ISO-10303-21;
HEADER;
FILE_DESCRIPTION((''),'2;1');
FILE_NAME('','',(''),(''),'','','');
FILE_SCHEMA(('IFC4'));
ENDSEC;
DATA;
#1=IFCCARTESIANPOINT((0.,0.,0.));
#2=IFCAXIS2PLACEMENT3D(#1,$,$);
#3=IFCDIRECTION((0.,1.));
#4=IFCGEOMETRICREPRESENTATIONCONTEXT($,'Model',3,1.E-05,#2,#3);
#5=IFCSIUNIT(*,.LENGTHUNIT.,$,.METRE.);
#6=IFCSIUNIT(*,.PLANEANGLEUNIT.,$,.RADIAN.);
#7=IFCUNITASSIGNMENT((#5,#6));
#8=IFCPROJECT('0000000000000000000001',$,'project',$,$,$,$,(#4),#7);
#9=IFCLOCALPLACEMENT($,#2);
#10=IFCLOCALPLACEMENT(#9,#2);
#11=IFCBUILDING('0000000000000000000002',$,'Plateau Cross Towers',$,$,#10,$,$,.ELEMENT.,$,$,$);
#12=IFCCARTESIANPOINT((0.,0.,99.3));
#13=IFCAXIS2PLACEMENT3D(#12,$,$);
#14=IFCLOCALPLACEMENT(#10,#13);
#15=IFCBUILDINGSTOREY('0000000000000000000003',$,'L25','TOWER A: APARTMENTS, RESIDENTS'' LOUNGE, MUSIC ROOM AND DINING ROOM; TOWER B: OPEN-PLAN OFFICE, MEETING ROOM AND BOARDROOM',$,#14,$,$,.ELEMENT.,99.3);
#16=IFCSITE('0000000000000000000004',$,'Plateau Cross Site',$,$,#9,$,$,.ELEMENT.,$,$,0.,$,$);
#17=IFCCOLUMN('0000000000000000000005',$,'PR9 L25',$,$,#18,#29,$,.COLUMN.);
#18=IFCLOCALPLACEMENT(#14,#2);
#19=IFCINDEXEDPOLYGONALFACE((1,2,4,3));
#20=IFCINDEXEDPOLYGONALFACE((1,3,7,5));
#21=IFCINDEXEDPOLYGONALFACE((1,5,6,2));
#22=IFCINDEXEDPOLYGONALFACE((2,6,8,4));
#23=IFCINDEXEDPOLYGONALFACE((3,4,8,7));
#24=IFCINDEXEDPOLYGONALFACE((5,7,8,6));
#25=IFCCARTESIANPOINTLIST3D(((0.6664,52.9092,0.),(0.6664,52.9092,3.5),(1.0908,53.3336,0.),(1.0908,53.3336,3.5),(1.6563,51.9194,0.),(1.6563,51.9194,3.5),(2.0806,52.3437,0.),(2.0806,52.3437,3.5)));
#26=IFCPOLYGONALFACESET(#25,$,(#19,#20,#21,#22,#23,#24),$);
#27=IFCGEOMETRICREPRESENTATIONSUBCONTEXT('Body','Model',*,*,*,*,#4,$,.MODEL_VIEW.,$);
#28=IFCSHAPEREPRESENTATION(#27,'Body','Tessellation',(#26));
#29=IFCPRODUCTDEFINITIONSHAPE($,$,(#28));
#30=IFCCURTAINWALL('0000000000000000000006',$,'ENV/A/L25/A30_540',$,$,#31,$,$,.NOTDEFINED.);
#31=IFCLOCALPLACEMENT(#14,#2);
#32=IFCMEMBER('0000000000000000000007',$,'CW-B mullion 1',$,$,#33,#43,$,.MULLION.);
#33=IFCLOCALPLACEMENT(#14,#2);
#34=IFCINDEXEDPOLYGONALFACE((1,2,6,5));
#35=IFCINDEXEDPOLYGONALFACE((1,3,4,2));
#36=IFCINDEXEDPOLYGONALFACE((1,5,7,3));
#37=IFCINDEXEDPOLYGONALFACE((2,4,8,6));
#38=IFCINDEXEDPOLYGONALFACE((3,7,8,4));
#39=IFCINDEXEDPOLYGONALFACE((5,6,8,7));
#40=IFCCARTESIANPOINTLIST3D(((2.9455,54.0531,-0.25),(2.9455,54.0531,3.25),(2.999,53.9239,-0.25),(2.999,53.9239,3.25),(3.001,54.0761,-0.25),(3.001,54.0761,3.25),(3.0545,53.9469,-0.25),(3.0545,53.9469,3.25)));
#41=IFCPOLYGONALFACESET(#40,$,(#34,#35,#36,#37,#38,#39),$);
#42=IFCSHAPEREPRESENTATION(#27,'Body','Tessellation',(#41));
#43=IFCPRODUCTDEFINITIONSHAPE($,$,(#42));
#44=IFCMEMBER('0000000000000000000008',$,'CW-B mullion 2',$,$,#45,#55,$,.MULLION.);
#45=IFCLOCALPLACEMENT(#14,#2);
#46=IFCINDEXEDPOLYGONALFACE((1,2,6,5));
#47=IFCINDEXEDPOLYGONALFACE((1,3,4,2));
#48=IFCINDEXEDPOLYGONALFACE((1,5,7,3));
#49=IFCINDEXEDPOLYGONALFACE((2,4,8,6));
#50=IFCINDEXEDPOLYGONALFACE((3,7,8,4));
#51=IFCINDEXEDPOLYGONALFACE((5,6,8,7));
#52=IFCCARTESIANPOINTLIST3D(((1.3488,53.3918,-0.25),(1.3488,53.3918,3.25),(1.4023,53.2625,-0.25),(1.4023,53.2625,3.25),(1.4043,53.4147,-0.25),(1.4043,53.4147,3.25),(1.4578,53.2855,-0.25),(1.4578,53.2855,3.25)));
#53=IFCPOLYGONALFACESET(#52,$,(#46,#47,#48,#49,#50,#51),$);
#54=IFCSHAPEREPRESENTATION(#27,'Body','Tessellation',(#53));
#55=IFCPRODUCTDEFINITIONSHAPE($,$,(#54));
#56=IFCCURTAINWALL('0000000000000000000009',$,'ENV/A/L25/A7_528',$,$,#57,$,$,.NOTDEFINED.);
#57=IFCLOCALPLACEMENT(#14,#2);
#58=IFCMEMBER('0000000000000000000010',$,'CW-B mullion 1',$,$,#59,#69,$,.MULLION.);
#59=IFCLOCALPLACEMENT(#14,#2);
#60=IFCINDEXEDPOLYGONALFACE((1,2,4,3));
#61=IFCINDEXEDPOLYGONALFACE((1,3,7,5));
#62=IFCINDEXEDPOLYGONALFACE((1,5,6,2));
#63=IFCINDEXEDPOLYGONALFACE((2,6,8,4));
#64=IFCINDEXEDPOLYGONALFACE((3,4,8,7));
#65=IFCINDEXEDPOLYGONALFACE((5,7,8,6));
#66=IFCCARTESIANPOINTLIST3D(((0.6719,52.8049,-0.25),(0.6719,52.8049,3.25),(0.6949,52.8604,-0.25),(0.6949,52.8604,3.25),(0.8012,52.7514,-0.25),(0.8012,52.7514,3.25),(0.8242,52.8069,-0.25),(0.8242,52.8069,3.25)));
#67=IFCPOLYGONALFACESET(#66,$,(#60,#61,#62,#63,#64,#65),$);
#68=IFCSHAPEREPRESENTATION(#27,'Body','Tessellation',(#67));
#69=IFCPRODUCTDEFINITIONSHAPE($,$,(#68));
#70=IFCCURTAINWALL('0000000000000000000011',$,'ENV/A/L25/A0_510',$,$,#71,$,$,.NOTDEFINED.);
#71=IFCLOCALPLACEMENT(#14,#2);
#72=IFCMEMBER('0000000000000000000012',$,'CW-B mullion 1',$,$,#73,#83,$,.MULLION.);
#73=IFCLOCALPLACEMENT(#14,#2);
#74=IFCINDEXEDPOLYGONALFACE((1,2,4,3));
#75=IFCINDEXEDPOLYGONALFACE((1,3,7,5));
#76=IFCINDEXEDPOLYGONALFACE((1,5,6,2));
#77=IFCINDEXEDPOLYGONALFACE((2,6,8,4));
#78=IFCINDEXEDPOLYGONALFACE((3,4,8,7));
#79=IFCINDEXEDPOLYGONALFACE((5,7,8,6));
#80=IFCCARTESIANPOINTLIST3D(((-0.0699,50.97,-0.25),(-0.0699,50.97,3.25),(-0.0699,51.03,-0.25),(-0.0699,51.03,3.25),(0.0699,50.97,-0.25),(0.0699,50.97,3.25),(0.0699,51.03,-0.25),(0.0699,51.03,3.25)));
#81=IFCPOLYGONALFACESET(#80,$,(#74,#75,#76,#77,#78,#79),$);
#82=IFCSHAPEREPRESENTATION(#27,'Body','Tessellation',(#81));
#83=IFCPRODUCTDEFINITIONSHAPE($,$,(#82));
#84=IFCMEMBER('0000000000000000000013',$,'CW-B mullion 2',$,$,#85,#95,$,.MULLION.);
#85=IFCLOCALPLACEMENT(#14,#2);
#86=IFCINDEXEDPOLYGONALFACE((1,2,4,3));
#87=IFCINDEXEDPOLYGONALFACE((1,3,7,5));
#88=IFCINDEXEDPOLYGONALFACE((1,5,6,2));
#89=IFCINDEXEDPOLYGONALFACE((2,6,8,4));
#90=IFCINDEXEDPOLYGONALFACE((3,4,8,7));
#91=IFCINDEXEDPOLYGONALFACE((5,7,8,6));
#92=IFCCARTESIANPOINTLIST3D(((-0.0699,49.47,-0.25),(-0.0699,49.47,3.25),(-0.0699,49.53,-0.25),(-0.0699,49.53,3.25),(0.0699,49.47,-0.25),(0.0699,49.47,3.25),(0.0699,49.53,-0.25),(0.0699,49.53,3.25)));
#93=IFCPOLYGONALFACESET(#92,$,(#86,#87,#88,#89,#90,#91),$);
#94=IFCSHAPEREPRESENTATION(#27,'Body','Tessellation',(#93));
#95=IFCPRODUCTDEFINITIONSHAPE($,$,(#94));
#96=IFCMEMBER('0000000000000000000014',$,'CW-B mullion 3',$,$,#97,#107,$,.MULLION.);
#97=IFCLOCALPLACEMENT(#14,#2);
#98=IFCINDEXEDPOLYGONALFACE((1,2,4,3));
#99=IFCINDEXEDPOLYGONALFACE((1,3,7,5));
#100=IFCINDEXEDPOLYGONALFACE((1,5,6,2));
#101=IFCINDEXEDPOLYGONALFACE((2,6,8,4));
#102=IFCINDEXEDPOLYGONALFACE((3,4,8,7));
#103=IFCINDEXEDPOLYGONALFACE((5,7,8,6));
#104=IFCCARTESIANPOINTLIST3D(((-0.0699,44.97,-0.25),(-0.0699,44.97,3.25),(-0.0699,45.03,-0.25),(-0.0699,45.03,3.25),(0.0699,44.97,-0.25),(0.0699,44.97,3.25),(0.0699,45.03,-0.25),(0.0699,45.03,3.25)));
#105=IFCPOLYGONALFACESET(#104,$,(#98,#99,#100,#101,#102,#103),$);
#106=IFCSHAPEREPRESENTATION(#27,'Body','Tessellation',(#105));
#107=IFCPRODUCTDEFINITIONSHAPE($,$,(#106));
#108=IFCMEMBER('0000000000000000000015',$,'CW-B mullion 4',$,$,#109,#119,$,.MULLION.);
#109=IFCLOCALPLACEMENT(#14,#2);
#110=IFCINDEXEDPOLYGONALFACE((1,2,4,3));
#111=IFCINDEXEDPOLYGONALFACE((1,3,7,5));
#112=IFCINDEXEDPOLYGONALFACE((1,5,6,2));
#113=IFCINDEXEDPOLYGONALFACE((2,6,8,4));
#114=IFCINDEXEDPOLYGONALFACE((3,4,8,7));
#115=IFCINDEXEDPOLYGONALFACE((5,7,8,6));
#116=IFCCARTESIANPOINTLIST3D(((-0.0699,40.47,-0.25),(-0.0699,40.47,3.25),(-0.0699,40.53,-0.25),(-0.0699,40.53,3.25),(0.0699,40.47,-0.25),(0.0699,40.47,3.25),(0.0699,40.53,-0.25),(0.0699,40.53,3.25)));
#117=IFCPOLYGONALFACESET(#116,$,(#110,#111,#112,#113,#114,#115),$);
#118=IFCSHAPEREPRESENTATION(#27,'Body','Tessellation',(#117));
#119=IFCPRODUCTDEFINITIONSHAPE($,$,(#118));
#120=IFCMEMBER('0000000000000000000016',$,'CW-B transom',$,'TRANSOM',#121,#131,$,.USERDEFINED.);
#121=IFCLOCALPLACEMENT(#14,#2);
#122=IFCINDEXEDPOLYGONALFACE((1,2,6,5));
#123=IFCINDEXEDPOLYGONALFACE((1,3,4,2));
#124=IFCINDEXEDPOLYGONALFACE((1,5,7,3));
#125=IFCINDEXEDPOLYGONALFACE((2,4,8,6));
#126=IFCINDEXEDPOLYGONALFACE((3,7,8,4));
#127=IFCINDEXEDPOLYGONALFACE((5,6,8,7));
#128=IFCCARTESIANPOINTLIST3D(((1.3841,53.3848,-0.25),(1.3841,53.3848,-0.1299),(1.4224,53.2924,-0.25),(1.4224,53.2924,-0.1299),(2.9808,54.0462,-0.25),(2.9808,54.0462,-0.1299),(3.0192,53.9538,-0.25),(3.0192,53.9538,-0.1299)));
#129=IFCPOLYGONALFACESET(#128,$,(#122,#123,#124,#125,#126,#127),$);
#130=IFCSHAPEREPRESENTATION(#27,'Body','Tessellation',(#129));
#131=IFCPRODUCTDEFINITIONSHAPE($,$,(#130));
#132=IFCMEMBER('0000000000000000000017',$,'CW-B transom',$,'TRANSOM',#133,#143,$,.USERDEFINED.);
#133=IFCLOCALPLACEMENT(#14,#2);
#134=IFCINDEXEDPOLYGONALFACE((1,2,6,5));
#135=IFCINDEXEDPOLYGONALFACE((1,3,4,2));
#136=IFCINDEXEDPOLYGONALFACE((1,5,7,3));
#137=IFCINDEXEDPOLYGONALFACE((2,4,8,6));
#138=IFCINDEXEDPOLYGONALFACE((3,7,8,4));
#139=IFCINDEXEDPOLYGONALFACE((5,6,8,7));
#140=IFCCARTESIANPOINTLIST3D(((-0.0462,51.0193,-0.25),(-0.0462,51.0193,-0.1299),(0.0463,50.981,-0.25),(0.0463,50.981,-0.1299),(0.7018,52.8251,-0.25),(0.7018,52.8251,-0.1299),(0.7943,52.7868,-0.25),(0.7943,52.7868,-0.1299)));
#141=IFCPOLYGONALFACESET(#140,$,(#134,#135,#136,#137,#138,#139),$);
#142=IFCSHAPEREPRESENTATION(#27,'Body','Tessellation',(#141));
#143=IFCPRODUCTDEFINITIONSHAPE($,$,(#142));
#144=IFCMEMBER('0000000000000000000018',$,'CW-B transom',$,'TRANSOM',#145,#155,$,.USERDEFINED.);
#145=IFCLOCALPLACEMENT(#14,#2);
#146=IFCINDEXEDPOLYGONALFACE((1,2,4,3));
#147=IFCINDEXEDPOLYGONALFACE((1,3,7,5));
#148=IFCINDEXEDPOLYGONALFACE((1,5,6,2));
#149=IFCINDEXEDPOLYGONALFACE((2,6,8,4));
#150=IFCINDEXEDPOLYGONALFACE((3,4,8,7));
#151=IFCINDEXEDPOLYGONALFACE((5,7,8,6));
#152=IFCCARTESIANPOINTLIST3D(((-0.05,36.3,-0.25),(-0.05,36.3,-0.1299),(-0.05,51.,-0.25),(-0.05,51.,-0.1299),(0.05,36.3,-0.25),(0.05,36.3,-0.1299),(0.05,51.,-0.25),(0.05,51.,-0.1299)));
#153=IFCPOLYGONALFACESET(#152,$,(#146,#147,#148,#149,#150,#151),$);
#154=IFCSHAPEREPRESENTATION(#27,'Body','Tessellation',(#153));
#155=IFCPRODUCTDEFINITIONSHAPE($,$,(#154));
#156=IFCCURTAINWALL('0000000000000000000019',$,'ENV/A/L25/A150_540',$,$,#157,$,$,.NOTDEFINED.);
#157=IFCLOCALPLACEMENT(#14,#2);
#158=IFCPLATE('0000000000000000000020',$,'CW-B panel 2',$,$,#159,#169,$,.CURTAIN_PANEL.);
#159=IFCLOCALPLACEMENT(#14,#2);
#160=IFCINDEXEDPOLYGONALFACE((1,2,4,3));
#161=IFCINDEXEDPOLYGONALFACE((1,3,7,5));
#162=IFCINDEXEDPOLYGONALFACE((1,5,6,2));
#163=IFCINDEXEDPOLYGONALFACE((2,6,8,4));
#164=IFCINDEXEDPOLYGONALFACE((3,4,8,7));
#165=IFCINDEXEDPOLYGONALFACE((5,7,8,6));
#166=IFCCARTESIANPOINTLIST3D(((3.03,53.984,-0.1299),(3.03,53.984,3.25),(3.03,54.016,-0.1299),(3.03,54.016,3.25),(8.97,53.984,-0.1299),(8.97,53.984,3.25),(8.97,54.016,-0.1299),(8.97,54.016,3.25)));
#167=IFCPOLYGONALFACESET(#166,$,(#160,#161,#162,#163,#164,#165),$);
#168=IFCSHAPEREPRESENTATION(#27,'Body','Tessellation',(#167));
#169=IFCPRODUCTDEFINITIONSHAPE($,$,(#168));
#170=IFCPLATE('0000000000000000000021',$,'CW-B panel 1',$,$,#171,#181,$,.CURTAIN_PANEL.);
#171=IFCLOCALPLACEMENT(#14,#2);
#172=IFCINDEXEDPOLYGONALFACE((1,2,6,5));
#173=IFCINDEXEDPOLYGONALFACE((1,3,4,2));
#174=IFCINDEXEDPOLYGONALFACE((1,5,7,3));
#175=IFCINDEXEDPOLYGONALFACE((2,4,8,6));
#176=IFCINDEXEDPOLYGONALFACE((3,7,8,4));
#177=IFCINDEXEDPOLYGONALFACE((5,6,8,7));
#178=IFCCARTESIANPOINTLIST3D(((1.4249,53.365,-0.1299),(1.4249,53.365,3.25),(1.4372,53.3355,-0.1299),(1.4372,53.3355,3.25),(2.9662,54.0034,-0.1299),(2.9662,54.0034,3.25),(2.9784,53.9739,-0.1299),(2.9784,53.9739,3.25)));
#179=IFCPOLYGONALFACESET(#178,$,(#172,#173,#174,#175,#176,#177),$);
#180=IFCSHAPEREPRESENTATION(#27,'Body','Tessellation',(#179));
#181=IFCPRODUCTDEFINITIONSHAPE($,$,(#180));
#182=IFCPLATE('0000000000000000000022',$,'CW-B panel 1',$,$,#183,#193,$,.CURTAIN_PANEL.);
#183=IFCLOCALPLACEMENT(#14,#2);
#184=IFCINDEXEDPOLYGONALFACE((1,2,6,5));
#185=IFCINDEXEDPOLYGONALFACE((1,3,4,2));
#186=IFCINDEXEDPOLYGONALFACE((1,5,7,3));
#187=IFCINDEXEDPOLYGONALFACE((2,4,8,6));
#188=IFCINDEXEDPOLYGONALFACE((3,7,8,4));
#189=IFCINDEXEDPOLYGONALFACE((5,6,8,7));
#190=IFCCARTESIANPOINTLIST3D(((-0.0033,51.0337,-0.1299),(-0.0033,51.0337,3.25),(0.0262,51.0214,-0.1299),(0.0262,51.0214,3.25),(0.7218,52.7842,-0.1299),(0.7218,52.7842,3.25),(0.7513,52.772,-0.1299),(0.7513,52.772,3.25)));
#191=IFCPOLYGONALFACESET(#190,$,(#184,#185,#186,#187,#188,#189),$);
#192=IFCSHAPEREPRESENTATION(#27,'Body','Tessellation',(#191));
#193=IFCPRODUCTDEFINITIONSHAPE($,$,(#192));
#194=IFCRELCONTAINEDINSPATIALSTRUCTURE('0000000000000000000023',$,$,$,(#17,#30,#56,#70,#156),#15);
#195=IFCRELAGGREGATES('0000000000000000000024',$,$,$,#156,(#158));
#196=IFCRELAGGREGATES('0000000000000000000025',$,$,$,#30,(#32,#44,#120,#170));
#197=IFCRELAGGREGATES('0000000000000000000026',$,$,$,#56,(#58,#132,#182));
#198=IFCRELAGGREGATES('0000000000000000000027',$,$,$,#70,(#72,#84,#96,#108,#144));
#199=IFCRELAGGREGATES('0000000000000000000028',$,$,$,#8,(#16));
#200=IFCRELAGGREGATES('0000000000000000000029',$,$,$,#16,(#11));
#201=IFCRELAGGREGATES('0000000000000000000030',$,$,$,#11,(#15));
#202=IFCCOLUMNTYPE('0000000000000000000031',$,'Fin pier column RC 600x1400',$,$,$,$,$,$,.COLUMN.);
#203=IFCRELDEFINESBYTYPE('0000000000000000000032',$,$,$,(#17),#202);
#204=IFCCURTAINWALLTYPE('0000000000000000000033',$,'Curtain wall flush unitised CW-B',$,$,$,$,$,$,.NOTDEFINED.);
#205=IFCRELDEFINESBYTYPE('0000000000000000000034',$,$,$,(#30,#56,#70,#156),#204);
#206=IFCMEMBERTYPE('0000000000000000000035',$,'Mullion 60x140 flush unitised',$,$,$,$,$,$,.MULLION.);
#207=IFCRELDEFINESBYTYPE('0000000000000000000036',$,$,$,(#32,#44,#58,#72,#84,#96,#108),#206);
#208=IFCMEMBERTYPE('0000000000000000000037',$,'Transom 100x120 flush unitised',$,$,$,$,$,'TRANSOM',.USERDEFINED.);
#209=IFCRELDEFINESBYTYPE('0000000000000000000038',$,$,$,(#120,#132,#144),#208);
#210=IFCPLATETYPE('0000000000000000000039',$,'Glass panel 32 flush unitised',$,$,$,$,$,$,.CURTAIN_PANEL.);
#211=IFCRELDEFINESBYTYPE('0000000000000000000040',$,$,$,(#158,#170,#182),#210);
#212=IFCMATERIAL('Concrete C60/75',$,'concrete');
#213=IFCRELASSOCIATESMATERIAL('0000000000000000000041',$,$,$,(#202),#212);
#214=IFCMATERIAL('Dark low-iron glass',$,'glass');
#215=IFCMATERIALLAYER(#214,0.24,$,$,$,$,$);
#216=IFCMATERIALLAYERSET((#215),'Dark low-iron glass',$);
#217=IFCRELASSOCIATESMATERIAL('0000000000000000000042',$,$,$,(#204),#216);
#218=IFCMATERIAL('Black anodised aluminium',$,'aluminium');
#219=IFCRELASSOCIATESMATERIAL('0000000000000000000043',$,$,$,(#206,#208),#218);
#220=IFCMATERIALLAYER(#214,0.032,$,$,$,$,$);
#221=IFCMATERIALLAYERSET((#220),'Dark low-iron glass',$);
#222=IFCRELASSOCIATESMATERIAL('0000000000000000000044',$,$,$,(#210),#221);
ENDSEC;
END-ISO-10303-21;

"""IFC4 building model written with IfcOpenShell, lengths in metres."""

from ifc_helpers import new_model, si_unit, direction, frame, origin, origin_2d, place, context, subcontext, project, spatial, rectangle, extrude, material, layer, layer_set, material_profile, profile_set, type_object, element, aggregate, save


model = new_model("IFC4")

# Units and contexts
model_context = context("Model", 3, precision=1e-05, world=origin(), true_north=direction((0.0, 1.0)))
body_context = subcontext(model_context, "Body", "Model", "MODEL_VIEW")
ifc_project = project(units=[si_unit("LENGTHUNIT", "METRE"), si_unit("PLANEANGLEUNIT", "RADIAN")], contexts=[model_context])

# Site, building, storey
site_placement = place(None, origin())
site = spatial("IfcSite", under=ifc_project, at=site_placement, Name="Plateau Cross Site", CompositionType="ELEMENT", RefElevation=0.0)
building_placement = place(site_placement, origin())
building = spatial("IfcBuilding", under=site, at=building_placement, Name="Plateau Cross Towers", CompositionType="ELEMENT")
storey_placement = place(building_placement, frame((0.0, 0.0, 99.3)))
storey = spatial("IfcBuildingStorey", under=building, at=storey_placement, Name="L25", Description="TOWER A: APARTMENTS, RESIDENTS' LOUNGE, MUSIC ROOM AND DINING ROOM; TOWER B: OPEN-PLAN OFFICE, MEETING ROOM AND BOARDROOM", CompositionType="ELEMENT", Elevation=99.3)

# Column
ifc_material_1 = material(Name="Concrete C60/75", Category="concrete")
ifc_material_profile_1 = material_profile(ifc_material_1, rectangle(XDim=0.6001, YDim=1.3999, at=origin_2d()), Name="RC 600x1400")
ifc_profile_set_1 = profile_set([ifc_material_profile_1], Name="Concrete C60/75")
column_type = type_object("IfcColumnType", Name="Fin pier column RC 600x1400", PredefinedType="COLUMN", material=ifc_profile_set_1)
column_placement = place(storey_placement, frame((1.3735, 52.6265, 0.0), z_axis=(0.0, 0.0, 1.0), x_axis=(0.707107, 0.707107, 0.0)))
element("IfcColumn", 1, at=column_placement, inside=storey, type_object=column_type, Name="PR9 L25", PredefinedType="COLUMN", context=body_context, shape_type="SweptSolid", body=[
    extrude(rectangle(XDim=0.6001, YDim=1.3999, at=origin_2d()), origin(), (0.0, 0.0, 1.0), 3.5),
])

# Curtain wall, members
ifc_material_2 = material(Name="Dark low-iron glass", Category="glass")
ifc_layer_1 = layer(ifc_material_2, 0.24)
ifc_layer_set_1 = layer_set([ifc_layer_1], Name="Dark low-iron glass")
curtain_wall_type = type_object("IfcCurtainWallType", Name="Curtain wall flush unitised CW-B", PredefinedType="NOTDEFINED", material=ifc_layer_set_1)
curtain_wall_1_placement = place(storey_placement, origin())
curtain_wall_1 = element("IfcCurtainWall", 2, at=curtain_wall_1_placement, inside=storey, type_object=curtain_wall_type, Name="ENV/A/L25/A30_540", PredefinedType="NOTDEFINED")
ifc_material_3 = material(Name="Black anodised aluminium", Category="aluminium")
ifc_material_profile_2 = material_profile(ifc_material_3, rectangle(XDim=0.0601, YDim=0.1399, at=origin_2d()), Name="MULLION 60x140")
ifc_profile_set_2 = profile_set([ifc_material_profile_2], Name="Black anodised aluminium")
member_type_1 = type_object("IfcMemberType", Name="Mullion 60x140 flush unitised", PredefinedType="MULLION", material=ifc_profile_set_2)
member_1_placement = place(storey_placement, frame((3.0, 54.0, -0.25), z_axis=(0.0, 0.0, 1.0), x_axis=(-0.923879, -0.382684, 0.0)))
member_1 = element("IfcMember", 3, at=member_1_placement, type_object=member_type_1, Name="CW-B mullion 1", PredefinedType="MULLION", context=body_context, shape_type="SweptSolid", body=[
    extrude(rectangle(XDim=0.0601, YDim=0.1399, at=origin_2d()), origin(), (0.0, 0.0, 1.0), 3.5),
])
member_2_placement = place(storey_placement, frame((1.4033, 53.3386, -0.25), z_axis=(0.0, 0.0, 1.0), x_axis=(-0.923879, -0.382684, 0.0)))
member_2 = element("IfcMember", 4, at=member_2_placement, type_object=member_type_1, Name="CW-B mullion 2", PredefinedType="MULLION", context=body_context, shape_type="SweptSolid", body=[
    extrude(rectangle(XDim=0.0601, YDim=0.1399, at=origin_2d()), origin(), (0.0, 0.0, 1.0), 3.5),
])

# Curtain wall, member
curtain_wall_2_placement = place(storey_placement, origin())
curtain_wall_2 = element("IfcCurtainWall", 5, at=curtain_wall_2_placement, inside=storey, type_object=curtain_wall_type, Name="ENV/A/L25/A7_528", PredefinedType="NOTDEFINED")
member_3_placement = place(storey_placement, frame((0.748, 52.8059, -0.25), z_axis=(0.0, 0.0, 1.0), x_axis=(-0.382684, -0.923879, 0.0)))
member_3 = element("IfcMember", 6, at=member_3_placement, type_object=member_type_1, Name="CW-B mullion 1", PredefinedType="MULLION", context=body_context, shape_type="SweptSolid", body=[
    extrude(rectangle(XDim=0.0601, YDim=0.1399, at=origin_2d()), origin(), (0.0, 0.0, 1.0), 3.5),
])

# Curtain wall, members
curtain_wall_3_placement = place(storey_placement, origin())
curtain_wall_3 = element("IfcCurtainWall", 7, at=curtain_wall_3_placement, inside=storey, type_object=curtain_wall_type, Name="ENV/A/L25/A0_510", PredefinedType="NOTDEFINED")
member_4_placement = place(storey_placement, frame((0.0, 51.0, -0.25), z_axis=(0.0, 0.0, 1.0), x_axis=(0.0, -1.0, 0.0)))
member_4 = element("IfcMember", 8, at=member_4_placement, type_object=member_type_1, Name="CW-B mullion 1", PredefinedType="MULLION", context=body_context, shape_type="SweptSolid", body=[
    extrude(rectangle(XDim=0.0601, YDim=0.1399, at=origin_2d()), origin(), (0.0, 0.0, 1.0), 3.5),
])
member_5_placement = place(storey_placement, frame((0.0, 49.5, -0.25), z_axis=(0.0, 0.0, 1.0), x_axis=(0.0, -1.0, 0.0)))
member_5 = element("IfcMember", 9, at=member_5_placement, type_object=member_type_1, Name="CW-B mullion 2", PredefinedType="MULLION", context=body_context, shape_type="SweptSolid", body=[
    extrude(rectangle(XDim=0.0601, YDim=0.1399, at=origin_2d()), origin(), (0.0, 0.0, 1.0), 3.5),
])
member_6_placement = place(storey_placement, frame((0.0, 45.0, -0.25), z_axis=(0.0, 0.0, 1.0), x_axis=(0.0, -1.0, 0.0)))
member_6 = element("IfcMember", 10, at=member_6_placement, type_object=member_type_1, Name="CW-B mullion 3", PredefinedType="MULLION", context=body_context, shape_type="SweptSolid", body=[
    extrude(rectangle(XDim=0.0601, YDim=0.1399, at=origin_2d()), origin(), (0.0, 0.0, 1.0), 3.5),
])
member_7_placement = place(storey_placement, frame((0.0, 40.5, -0.25), z_axis=(0.0, 0.0, 1.0), x_axis=(0.0, -1.0, 0.0)))
member_7 = element("IfcMember", 11, at=member_7_placement, type_object=member_type_1, Name="CW-B mullion 4", PredefinedType="MULLION", context=body_context, shape_type="SweptSolid", body=[
    extrude(rectangle(XDim=0.0601, YDim=0.1399, at=origin_2d()), origin(), (0.0, 0.0, 1.0), 3.5),
])

# Members
ifc_material_profile_3 = material_profile(ifc_material_3, rectangle(XDim=0.1001, YDim=0.1201, at=origin_2d()), Name="TRANSOM 100x120")
ifc_profile_set_3 = profile_set([ifc_material_profile_3], Name="Black anodised aluminium")
member_type_2 = type_object("IfcMemberType", Name="Transom 100x120 flush unitised", ElementType="TRANSOM", PredefinedType="USERDEFINED", material=ifc_profile_set_3)
member_8_placement = place(storey_placement, frame((3.0, 54.0, -0.1899), z_axis=(-0.923877, -0.382689, 0.0), x_axis=(0.382689, -0.923877, 0.0)))
member_8 = element("IfcMember", 12, at=member_8_placement, type_object=member_type_2, Name="CW-B transom", ObjectType="TRANSOM", PredefinedType="USERDEFINED", context=body_context, shape_type="SweptSolid", body=[
    extrude(rectangle(XDim=0.1001, YDim=0.1201, at=origin_2d()), origin(), (0.0, 0.0, 1.0), 1.7283),
])
member_9_placement = place(storey_placement, frame((0.748, 52.8059, -0.1899), z_axis=(-0.38269, -0.923877, 0.0), x_axis=(0.923877, -0.38269, 0.0)))
member_9 = element("IfcMember", 13, at=member_9_placement, type_object=member_type_2, Name="CW-B transom", ObjectType="TRANSOM", PredefinedType="USERDEFINED", context=body_context, shape_type="SweptSolid", body=[
    extrude(rectangle(XDim=0.1001, YDim=0.1201, at=origin_2d()), origin(), (0.0, 0.0, 1.0), 1.9546),
])
member_10_placement = place(storey_placement, frame((0.0, 51.0, -0.1899), z_axis=(0.0, -1.0, 0.0), x_axis=(1.0, 0.0, 0.0)))
member_10 = element("IfcMember", 14, at=member_10_placement, type_object=member_type_2, Name="CW-B transom", ObjectType="TRANSOM", PredefinedType="USERDEFINED", context=body_context, shape_type="SweptSolid", body=[
    extrude(rectangle(XDim=0.1001, YDim=0.1201, at=origin_2d()), origin(), (0.0, 0.0, 1.0), 14.7),
])

# Curtain wall, plate
curtain_wall_4_placement = place(storey_placement, origin())
curtain_wall_4 = element("IfcCurtainWall", 15, at=curtain_wall_4_placement, inside=storey, type_object=curtain_wall_type, Name="ENV/A/L25/A150_540", PredefinedType="NOTDEFINED")
ifc_layer_2 = layer(ifc_material_2, 0.032)
ifc_layer_set_2 = layer_set([ifc_layer_2], Name="Dark low-iron glass")
plate_type = type_object("IfcPlateType", Name="Glass panel 32 flush unitised", PredefinedType="CURTAIN_PANEL", material=ifc_layer_set_2)
plate_1_placement = place(storey_placement, frame((6.0, 54.0, -0.1299), z_axis=(0.0, 0.0, 1.0), x_axis=(-1.0, 0.0, 0.0)))
plate_1 = element("IfcPlate", 16, at=plate_1_placement, type_object=plate_type, Name="CW-B panel 2", PredefinedType="CURTAIN_PANEL", context=body_context, shape_type="SweptSolid", body=[
    extrude(rectangle(XDim=5.9399, YDim=0.032, at=origin_2d()), origin(), (0.0, 0.0, 1.0), 3.3799),
])
aggregate(curtain_wall_4, [plate_1])

# Plates
plate_2_placement = place(storey_placement, frame((2.2017, 53.6694, -0.1299), z_axis=(0.0, 0.0, 1.0), x_axis=(-0.923879, -0.382684, 0.0)))
plate_2 = element("IfcPlate", 17, at=plate_2_placement, type_object=plate_type, Name="CW-B panel 1", PredefinedType="CURTAIN_PANEL", context=body_context, shape_type="SweptSolid", body=[
    extrude(rectangle(XDim=1.6682, YDim=0.032, at=origin_2d()), origin(), (0.0, 0.0, 1.0), 3.3799),
])
aggregate(curtain_wall_1, [member_1, member_2, member_8, plate_2])
plate_3_placement = place(storey_placement, frame((0.374, 51.9028, -0.1299), z_axis=(0.0, 0.0, 1.0), x_axis=(-0.382684, -0.923879, 0.0)))
plate_3 = element("IfcPlate", 18, at=plate_3_placement, type_object=plate_type, Name="CW-B panel 1", PredefinedType="CURTAIN_PANEL", context=body_context, shape_type="SweptSolid", body=[
    extrude(rectangle(XDim=1.8948, YDim=0.032, at=origin_2d()), origin(), (0.0, 0.0, 1.0), 3.3799),
])
aggregate(curtain_wall_2, [member_3, member_9, plate_3])
aggregate(curtain_wall_3, [member_4, member_5, member_6, member_7, member_10])

save(model, "model.ifc")
